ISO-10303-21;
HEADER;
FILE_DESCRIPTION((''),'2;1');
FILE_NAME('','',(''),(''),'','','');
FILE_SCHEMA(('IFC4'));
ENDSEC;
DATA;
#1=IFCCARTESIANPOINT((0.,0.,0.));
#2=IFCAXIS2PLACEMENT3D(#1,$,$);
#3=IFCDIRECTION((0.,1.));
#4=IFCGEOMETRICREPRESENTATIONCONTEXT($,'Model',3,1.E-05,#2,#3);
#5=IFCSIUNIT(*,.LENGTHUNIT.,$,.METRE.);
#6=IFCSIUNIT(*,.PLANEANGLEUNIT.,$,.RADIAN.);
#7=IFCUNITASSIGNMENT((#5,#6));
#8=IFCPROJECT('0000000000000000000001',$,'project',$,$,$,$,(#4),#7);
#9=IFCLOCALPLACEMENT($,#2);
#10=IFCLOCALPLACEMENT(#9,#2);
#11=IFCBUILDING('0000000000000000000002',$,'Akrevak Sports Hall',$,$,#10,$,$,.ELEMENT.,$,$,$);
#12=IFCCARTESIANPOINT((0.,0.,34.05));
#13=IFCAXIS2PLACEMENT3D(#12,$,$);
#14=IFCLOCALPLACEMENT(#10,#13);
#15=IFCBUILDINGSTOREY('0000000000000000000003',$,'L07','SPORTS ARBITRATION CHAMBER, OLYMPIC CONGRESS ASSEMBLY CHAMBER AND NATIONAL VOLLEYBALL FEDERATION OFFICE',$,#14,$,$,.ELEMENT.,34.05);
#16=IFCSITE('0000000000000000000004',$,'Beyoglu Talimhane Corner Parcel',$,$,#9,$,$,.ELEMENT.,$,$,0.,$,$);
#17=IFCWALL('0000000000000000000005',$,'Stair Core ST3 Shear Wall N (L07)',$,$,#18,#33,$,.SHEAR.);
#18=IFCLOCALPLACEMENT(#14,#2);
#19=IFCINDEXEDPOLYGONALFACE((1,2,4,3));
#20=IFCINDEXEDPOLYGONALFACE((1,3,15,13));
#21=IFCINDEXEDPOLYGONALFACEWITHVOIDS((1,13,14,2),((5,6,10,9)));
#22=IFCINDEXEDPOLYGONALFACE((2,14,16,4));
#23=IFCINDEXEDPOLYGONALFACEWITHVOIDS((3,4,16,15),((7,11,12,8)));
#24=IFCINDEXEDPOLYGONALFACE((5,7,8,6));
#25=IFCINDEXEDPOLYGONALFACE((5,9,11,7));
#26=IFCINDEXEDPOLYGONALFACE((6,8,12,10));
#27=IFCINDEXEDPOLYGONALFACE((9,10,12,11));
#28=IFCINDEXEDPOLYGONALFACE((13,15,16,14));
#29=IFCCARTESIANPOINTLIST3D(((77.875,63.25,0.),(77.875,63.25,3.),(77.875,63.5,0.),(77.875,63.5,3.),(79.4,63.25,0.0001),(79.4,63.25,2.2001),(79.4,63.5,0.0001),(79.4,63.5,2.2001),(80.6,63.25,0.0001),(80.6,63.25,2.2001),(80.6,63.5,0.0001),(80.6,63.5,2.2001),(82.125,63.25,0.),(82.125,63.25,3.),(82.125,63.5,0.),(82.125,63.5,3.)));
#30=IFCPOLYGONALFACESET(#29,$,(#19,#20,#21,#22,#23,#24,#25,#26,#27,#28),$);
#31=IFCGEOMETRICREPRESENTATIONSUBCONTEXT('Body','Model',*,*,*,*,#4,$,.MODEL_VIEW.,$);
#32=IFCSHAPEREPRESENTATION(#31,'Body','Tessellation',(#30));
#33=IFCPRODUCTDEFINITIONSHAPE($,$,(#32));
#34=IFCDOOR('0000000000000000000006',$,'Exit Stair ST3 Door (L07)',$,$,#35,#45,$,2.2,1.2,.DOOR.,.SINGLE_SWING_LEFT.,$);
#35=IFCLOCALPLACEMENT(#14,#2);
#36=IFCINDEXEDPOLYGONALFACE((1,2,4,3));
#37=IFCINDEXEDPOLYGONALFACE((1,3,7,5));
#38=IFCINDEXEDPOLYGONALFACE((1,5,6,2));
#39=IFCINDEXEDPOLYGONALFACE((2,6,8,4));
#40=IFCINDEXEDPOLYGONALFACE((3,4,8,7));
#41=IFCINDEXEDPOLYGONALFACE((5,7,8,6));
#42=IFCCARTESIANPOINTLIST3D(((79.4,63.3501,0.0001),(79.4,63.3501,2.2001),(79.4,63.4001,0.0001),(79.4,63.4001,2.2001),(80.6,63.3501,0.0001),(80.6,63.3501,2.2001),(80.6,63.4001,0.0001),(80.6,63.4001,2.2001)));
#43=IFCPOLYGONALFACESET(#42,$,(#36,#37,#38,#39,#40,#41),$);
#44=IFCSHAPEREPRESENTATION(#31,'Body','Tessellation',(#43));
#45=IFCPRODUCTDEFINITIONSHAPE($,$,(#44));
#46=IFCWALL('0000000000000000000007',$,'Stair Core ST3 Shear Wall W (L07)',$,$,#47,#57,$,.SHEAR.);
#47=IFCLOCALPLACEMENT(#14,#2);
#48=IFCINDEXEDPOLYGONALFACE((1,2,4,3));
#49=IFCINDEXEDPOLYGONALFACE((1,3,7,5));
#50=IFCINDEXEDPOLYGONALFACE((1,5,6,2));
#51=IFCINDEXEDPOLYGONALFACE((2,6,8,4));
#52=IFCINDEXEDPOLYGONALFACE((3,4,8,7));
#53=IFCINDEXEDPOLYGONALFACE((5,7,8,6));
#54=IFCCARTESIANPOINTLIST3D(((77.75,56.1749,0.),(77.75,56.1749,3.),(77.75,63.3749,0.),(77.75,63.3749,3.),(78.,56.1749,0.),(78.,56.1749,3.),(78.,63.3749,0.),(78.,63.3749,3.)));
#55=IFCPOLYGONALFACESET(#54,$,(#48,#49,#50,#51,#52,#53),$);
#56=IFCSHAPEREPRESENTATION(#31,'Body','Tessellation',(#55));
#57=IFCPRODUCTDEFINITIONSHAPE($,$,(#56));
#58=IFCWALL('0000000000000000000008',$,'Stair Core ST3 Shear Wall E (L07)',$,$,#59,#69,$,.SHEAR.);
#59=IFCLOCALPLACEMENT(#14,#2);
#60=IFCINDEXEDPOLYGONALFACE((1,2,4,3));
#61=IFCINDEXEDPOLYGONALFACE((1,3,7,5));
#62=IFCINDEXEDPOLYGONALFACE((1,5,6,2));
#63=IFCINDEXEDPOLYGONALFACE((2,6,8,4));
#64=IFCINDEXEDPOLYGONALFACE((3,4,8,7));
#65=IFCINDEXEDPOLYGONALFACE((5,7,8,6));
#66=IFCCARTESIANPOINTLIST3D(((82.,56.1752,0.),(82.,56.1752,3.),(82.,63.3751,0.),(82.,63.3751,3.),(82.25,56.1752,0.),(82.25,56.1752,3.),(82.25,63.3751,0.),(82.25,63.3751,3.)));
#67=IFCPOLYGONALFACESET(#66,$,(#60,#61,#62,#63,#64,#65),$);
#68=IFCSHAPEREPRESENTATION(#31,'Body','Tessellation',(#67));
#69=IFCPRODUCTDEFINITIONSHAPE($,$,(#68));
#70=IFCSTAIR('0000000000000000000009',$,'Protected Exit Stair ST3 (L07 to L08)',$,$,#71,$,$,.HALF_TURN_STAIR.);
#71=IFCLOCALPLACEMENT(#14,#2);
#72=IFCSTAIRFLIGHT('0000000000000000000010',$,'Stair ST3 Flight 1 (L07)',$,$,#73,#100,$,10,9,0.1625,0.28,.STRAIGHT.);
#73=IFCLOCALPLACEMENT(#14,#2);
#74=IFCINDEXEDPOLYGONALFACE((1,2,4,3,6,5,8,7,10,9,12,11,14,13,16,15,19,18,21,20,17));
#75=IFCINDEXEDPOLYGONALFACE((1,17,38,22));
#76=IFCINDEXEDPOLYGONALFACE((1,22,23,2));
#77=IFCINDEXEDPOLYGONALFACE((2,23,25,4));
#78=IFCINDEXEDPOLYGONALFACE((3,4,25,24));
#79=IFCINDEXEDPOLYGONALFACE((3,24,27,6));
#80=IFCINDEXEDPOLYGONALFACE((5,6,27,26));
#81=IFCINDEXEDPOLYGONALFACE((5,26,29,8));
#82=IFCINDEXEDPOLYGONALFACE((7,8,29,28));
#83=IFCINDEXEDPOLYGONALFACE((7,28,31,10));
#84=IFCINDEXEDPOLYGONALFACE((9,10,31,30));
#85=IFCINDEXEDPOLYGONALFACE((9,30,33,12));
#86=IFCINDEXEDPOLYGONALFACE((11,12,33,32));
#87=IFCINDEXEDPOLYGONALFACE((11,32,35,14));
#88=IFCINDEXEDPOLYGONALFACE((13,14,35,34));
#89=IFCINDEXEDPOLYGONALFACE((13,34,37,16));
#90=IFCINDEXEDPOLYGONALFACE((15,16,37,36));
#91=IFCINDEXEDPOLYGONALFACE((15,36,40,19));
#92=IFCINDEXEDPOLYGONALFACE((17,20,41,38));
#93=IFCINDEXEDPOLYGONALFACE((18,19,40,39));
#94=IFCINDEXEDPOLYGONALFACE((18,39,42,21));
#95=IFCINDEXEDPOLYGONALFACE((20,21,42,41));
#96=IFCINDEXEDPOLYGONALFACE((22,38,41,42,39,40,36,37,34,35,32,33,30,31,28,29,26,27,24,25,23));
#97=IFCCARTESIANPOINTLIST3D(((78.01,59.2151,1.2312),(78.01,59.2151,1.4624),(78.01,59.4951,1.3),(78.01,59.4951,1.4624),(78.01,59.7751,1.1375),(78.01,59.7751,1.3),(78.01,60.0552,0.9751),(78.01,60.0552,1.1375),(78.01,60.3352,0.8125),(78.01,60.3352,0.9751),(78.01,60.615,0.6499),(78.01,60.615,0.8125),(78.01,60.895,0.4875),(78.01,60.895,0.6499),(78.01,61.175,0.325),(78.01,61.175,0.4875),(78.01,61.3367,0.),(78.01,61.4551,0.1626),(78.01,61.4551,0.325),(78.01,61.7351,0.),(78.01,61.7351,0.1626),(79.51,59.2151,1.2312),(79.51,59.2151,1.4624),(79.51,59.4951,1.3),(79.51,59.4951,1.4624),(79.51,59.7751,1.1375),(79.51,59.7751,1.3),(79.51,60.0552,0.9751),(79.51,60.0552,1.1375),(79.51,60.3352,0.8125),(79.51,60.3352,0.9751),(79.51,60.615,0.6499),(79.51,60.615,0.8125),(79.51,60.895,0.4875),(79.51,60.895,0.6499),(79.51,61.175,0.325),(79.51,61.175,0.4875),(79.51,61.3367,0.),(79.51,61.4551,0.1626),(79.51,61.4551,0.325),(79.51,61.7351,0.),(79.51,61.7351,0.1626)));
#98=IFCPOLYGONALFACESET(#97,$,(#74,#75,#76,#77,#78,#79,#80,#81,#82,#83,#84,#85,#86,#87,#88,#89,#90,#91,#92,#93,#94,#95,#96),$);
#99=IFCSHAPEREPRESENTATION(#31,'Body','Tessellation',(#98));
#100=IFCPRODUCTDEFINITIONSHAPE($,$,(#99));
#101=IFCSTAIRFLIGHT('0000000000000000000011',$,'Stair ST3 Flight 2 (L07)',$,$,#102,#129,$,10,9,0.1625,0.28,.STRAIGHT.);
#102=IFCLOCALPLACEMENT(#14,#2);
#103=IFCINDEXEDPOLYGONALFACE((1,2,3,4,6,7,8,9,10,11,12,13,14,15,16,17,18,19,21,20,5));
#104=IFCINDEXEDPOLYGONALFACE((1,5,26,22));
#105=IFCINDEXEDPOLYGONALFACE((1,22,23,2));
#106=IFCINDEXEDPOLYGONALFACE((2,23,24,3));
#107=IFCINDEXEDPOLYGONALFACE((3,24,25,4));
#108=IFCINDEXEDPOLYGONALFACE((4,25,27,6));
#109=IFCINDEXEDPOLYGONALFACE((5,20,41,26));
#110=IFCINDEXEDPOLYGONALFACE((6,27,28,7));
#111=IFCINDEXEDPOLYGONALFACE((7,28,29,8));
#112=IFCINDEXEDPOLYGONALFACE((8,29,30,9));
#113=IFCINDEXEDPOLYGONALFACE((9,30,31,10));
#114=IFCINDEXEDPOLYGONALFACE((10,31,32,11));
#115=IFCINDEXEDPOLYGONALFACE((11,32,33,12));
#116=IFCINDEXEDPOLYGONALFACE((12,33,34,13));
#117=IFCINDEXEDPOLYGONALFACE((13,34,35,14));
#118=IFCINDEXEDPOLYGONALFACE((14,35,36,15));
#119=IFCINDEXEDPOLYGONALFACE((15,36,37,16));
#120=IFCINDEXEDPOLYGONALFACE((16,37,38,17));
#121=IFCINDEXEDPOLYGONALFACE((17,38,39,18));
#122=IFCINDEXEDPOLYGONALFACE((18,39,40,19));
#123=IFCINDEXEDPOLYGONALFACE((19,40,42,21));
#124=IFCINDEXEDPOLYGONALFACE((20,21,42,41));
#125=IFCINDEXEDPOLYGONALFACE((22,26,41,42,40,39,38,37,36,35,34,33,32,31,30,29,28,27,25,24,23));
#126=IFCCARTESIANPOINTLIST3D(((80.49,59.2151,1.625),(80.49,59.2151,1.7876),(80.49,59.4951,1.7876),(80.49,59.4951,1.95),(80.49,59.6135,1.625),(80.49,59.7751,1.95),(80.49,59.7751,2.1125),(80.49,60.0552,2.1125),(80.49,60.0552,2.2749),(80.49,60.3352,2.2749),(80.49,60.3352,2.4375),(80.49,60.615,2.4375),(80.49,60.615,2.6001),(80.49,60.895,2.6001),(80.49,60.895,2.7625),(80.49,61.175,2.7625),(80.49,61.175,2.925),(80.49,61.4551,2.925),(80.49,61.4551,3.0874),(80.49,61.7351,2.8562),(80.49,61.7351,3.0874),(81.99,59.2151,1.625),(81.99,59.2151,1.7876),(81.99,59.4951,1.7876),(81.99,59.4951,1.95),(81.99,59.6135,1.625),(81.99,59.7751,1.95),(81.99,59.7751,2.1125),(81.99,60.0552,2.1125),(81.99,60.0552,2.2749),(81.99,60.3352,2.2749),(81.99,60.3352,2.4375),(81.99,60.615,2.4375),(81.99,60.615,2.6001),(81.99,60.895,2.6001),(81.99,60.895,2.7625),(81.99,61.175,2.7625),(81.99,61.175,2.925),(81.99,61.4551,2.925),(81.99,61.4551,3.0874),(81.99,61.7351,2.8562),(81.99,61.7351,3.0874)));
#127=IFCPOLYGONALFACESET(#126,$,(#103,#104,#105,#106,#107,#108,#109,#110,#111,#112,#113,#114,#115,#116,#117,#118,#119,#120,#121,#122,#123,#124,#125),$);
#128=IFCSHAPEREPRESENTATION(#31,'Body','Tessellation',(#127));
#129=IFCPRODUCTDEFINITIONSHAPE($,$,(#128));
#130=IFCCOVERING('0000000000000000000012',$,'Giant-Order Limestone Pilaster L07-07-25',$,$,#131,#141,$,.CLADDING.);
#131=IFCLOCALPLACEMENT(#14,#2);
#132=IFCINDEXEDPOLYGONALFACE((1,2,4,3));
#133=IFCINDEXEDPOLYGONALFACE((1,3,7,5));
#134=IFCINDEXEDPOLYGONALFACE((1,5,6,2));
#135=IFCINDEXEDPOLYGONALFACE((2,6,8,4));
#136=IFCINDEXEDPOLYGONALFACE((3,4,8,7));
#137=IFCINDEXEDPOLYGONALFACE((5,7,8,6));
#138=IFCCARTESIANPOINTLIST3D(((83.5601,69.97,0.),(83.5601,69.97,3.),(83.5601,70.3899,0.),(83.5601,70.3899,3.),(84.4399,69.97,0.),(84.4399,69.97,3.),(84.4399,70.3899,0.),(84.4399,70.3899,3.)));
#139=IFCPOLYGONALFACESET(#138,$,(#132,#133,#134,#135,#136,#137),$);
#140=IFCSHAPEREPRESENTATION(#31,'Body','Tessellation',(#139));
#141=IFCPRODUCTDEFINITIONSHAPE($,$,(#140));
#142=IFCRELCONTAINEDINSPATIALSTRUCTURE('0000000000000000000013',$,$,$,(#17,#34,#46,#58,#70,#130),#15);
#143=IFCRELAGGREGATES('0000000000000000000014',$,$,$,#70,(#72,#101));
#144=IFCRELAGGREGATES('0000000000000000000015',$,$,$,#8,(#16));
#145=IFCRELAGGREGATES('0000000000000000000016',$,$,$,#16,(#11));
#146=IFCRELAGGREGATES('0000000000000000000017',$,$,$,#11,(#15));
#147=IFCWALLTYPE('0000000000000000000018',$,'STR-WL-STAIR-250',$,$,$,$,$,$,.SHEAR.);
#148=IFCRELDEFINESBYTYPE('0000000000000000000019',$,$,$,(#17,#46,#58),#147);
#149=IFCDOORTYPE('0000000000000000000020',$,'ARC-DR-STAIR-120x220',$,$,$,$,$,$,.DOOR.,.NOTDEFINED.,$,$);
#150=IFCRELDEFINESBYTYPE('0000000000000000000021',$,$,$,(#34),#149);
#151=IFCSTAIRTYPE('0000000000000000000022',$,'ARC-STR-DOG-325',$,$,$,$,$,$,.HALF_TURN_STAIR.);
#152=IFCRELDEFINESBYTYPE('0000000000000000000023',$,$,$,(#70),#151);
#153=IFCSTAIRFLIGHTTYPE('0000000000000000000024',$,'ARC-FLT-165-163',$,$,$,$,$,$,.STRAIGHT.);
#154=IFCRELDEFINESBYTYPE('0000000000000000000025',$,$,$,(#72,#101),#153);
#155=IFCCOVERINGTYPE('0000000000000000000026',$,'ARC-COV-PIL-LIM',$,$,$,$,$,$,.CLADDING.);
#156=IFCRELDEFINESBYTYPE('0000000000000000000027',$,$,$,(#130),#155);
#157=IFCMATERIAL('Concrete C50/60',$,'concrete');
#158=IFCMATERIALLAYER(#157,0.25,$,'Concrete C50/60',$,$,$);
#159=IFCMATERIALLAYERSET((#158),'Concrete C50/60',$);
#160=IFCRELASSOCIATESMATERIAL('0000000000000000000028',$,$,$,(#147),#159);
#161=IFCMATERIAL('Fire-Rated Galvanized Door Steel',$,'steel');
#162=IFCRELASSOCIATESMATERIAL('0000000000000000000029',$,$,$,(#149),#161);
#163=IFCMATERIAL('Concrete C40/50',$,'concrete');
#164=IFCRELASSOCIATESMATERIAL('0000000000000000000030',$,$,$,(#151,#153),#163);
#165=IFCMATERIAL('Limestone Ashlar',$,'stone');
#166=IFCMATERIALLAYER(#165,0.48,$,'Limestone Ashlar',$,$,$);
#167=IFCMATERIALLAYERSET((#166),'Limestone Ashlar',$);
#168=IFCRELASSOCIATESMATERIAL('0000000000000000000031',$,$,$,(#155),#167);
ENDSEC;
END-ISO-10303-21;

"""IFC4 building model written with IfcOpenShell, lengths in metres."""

from ifc_helpers import new_model, si_unit, direction, frame, frame_2d, origin, origin_2d, place, context, subcontext, project, spatial, polyline, rectangle, outline, extrude, material, layer, layer_set, type_object, element, fill, aggregate, save


model = new_model("IFC4")

# Units and contexts
model_context = context("Model", 3, precision=1e-05, world=origin(), true_north=direction((0.0, 1.0)))
body_context = subcontext(model_context, "Body", "Model", "MODEL_VIEW")
ifc_project = project(units=[si_unit("LENGTHUNIT", "METRE"), si_unit("PLANEANGLEUNIT", "RADIAN")], contexts=[model_context])

# Site, building, storey
site_placement = place(None, origin())
site = spatial("IfcSite", under=ifc_project, at=site_placement, Name="Beyoglu Talimhane Corner Parcel", CompositionType="ELEMENT", RefElevation=0.0)
building_placement = place(site_placement, origin())
building = spatial("IfcBuilding", under=site, at=building_placement, Name="Akrevak Sports Hall", CompositionType="ELEMENT")
storey_placement = place(building_placement, frame((0.0, 0.0, 34.05)))
storey = spatial("IfcBuildingStorey", under=building, at=storey_placement, Name="L07", Description="SPORTS ARBITRATION CHAMBER, OLYMPIC CONGRESS ASSEMBLY CHAMBER AND NATIONAL VOLLEYBALL FEDERATION OFFICE", CompositionType="ELEMENT", Elevation=34.05)

# Shared definitions
ifc_material_1 = material(Name="Concrete C40/50", Category="concrete")

# Shared definitions
ifc_material_2 = material(Name="Fire-Rated Galvanized Door Steel", Category="steel")

# Shared definitions
ifc_material_3 = material(Name="Concrete C50/60", Category="concrete")
ifc_layer_1 = layer(ifc_material_3, 0.25, Name="Concrete C50/60")
ifc_layer_set_1 = layer_set([ifc_layer_1], Name="Concrete C50/60")
wall_type_1 = type_object("IfcWallType", Name="STR-WL-STAIR-250", PredefinedType="SHEAR", material=ifc_layer_set_1)

# Wall, opening, door
wall_1_placement = place(storey_placement, frame((82.125, 63.375, 0.0), z_axis=(0.0, 0.0, 1.0), x_axis=(-1.0, 0.0, 0.0)))
wall_1 = element("IfcWall", 1, at=wall_1_placement, inside=storey, type_object=wall_type_1, Name="Stair Core ST3 Shear Wall N (L07)", PredefinedType="SHEAR", context=body_context, shape_type="SweptSolid", body=[
    extrude(rectangle(XDim=4.25, YDim=0.25, at=frame_2d((2.125, 0.0))), origin(), (0.0, 0.0, 1.0), 3.0),
])
opening_1_placement = place(wall_1_placement, frame((1.5249, 0.0, 0.0)))
opening_1 = element("IfcOpeningElement", 2, at=opening_1_placement, cuts=wall_1, PredefinedType="OPENING", context=body_context, shape_type="SweptSolid", body=[
    extrude(rectangle(XDim=1.2, YDim=2.2, at=frame_2d((0.6001, 1.1001))), frame((0.0, 0.137, 0.0), z_axis=(0.0, -1.0, 0.0), x_axis=(1.0, 0.0, 0.0)), (0.0, 0.0, 1.0), 0.2739),
])
door_type_1 = type_object("IfcDoorType", Name="ARC-DR-STAIR-120x220", OperationType="NOTDEFINED", PredefinedType="DOOR", material=ifc_material_2)
door_1_placement = place(opening_1_placement, origin())
door_1 = element("IfcDoor", 3, at=door_1_placement, inside=storey, type_object=door_type_1, Name="Exit Stair ST3 Door (L07)", OperationType="SINGLE_SWING_LEFT", OverallHeight=2.2, OverallWidth=1.2, PredefinedType="DOOR", context=body_context, shape_type="SweptSolid", body=[
    extrude(rectangle(XDim=1.2, YDim=2.2, at=frame_2d((0.6001, 1.1001))), frame((0.0, 0.0249, 0.0), z_axis=(0.0, -1.0, 0.0), x_axis=(1.0, 0.0, 0.0)), (0.0, 0.0, 1.0), 0.05),
])
fill(opening_1, door_1)

# Walls
for number, where, z_axis, x_axis, name in (
    (4, (77.875, 63.375, 0.0), (0.0, 0.0, 1.0), (0.0, -1.0, 0.0), "Stair Core ST3 Shear Wall W (L07)"),
    (5, (82.125, 56.175, 0.0), (0.0, 0.0, 1.0), (0.0, 1.0, 0.0), "Stair Core ST3 Shear Wall E (L07)"),
):
    element("IfcWall", number, at=place(storey_placement, frame(where, z_axis=z_axis, x_axis=x_axis)), inside=storey, type_object=wall_type_1, Name=name, PredefinedType="SHEAR", context=body_context, shape_type="SweptSolid", body=[
        extrude(rectangle(XDim=7.2, YDim=0.25, at=frame_2d((3.6001, 0.0))), origin(), (0.0, 0.0, 1.0), 3.0),
    ])

# Stair, stair flights
stair_type = type_object("IfcStairType", Name="ARC-STR-DOG-325", PredefinedType="HALF_TURN_STAIR", material=ifc_material_1)
stair_placement = place(storey_placement, origin())
stair = element("IfcStair", 6, at=stair_placement, inside=storey, type_object=stair_type, Name="Protected Exit Stair ST3 (L07 to L08)", PredefinedType="HALF_TURN_STAIR")
stair_flight_type = type_object("IfcStairFlightType", Name="ARC-FLT-165-163", PredefinedType="STRAIGHT", material=ifc_material_1)
stair_flight_1_placement = place(storey_placement, frame((78.76, 61.7351, 0.0), z_axis=(0.0, 0.0, 1.0), x_axis=(0.0, -1.0, 0.0)))
stair_flight_1 = element("IfcStairFlight", 7, at=stair_flight_1_placement, type_object=stair_flight_type, Name="Stair ST3 Flight 1 (L07)", NumberOfRisers=10, NumberOfTreads=9, PredefinedType="STRAIGHT", RiserHeight=0.1625, TreadLength=0.28, context=body_context, shape_type="SweptSolid", body=[
    extrude(outline(polyline([(0.0, 0.0), (0.0, 0.1626), (0.28, 0.1626), (0.28, 0.325), (0.5601, 0.325), (0.5601, 0.4875), (0.8401, 0.4875), (0.8401, 0.6499), (1.1201, 0.6499), (1.1201, 0.8125), (1.3999, 0.8125), (1.3999, 0.9751), (1.6799, 0.9751), (1.6799, 1.1375), (1.96, 1.1375), (1.96, 1.3), (2.24, 1.3), (2.24, 1.4624), (2.52, 1.4624), (2.52, 1.625), (2.52, 1.2312), (0.3984, 0.0), (0.0, 0.0)])), frame((0.0, 0.75, 0.0), z_axis=(0.0, -1.0, 0.0), x_axis=(1.0, 0.0, 0.0)), (0.0, 0.0, 1.0), 1.5),
])
stair_flight_2_placement = place(storey_placement, frame((81.24, 59.2151, 1.625), z_axis=(0.0, 0.0, 1.0), x_axis=(0.0, 1.0, 0.0)))
stair_flight_2 = element("IfcStairFlight", 8, at=stair_flight_2_placement, type_object=stair_flight_type, Name="Stair ST3 Flight 2 (L07)", NumberOfRisers=10, NumberOfTreads=9, PredefinedType="STRAIGHT", RiserHeight=0.1625, TreadLength=0.28, context=body_context, shape_type="SweptSolid", body=[
    extrude(outline(polyline([(0.0, 0.0), (0.0, 0.1626), (0.28, 0.1626), (0.28, 0.325), (0.5601, 0.325), (0.5601, 0.4875), (0.8401, 0.4875), (0.8401, 0.6499), (1.1201, 0.6499), (1.1201, 0.8125), (1.3999, 0.8125), (1.3999, 0.9751), (1.6799, 0.9751), (1.6799, 1.1375), (1.96, 1.1375), (1.96, 1.3), (2.24, 1.3), (2.24, 1.4624), (2.52, 1.4624), (2.52, 1.625), (2.52, 1.2312), (0.3984, 0.0), (0.0, 0.0)])), frame((0.0, 0.75, 0.0), z_axis=(0.0, -1.0, 0.0), x_axis=(1.0, 0.0, 0.0)), (0.0, 0.0, 1.0), 1.5),
])
aggregate(stair, [stair_flight_1, stair_flight_2])

# Covering
ifc_material_4 = material(Name="Limestone Ashlar", Category="stone")
ifc_layer_2 = layer(ifc_material_4, 0.48, Name="Limestone Ashlar")
ifc_layer_set_2 = layer_set([ifc_layer_2], Name="Limestone Ashlar")
covering_type = type_object("IfcCoveringType", Name="ARC-COV-PIL-LIM", PredefinedType="CLADDING", material=ifc_layer_set_2)
covering_placement = place(storey_placement, frame((84.0, 70.1799, 0.0), z_axis=(0.0, 0.0, 1.0), x_axis=(-1.0, 0.0, 0.0)))
element("IfcCovering", 9, at=covering_placement, inside=storey, type_object=covering_type, Name="Giant-Order Limestone Pilaster L07-07-25", PredefinedType="CLADDING", context=body_context, shape_type="SweptSolid", body=[
    extrude(rectangle(XDim=0.8799, YDim=0.4199, at=origin_2d()), origin(), (0.0, 0.0, 1.0), 3.0),
])

save(model, "model.ifc")
